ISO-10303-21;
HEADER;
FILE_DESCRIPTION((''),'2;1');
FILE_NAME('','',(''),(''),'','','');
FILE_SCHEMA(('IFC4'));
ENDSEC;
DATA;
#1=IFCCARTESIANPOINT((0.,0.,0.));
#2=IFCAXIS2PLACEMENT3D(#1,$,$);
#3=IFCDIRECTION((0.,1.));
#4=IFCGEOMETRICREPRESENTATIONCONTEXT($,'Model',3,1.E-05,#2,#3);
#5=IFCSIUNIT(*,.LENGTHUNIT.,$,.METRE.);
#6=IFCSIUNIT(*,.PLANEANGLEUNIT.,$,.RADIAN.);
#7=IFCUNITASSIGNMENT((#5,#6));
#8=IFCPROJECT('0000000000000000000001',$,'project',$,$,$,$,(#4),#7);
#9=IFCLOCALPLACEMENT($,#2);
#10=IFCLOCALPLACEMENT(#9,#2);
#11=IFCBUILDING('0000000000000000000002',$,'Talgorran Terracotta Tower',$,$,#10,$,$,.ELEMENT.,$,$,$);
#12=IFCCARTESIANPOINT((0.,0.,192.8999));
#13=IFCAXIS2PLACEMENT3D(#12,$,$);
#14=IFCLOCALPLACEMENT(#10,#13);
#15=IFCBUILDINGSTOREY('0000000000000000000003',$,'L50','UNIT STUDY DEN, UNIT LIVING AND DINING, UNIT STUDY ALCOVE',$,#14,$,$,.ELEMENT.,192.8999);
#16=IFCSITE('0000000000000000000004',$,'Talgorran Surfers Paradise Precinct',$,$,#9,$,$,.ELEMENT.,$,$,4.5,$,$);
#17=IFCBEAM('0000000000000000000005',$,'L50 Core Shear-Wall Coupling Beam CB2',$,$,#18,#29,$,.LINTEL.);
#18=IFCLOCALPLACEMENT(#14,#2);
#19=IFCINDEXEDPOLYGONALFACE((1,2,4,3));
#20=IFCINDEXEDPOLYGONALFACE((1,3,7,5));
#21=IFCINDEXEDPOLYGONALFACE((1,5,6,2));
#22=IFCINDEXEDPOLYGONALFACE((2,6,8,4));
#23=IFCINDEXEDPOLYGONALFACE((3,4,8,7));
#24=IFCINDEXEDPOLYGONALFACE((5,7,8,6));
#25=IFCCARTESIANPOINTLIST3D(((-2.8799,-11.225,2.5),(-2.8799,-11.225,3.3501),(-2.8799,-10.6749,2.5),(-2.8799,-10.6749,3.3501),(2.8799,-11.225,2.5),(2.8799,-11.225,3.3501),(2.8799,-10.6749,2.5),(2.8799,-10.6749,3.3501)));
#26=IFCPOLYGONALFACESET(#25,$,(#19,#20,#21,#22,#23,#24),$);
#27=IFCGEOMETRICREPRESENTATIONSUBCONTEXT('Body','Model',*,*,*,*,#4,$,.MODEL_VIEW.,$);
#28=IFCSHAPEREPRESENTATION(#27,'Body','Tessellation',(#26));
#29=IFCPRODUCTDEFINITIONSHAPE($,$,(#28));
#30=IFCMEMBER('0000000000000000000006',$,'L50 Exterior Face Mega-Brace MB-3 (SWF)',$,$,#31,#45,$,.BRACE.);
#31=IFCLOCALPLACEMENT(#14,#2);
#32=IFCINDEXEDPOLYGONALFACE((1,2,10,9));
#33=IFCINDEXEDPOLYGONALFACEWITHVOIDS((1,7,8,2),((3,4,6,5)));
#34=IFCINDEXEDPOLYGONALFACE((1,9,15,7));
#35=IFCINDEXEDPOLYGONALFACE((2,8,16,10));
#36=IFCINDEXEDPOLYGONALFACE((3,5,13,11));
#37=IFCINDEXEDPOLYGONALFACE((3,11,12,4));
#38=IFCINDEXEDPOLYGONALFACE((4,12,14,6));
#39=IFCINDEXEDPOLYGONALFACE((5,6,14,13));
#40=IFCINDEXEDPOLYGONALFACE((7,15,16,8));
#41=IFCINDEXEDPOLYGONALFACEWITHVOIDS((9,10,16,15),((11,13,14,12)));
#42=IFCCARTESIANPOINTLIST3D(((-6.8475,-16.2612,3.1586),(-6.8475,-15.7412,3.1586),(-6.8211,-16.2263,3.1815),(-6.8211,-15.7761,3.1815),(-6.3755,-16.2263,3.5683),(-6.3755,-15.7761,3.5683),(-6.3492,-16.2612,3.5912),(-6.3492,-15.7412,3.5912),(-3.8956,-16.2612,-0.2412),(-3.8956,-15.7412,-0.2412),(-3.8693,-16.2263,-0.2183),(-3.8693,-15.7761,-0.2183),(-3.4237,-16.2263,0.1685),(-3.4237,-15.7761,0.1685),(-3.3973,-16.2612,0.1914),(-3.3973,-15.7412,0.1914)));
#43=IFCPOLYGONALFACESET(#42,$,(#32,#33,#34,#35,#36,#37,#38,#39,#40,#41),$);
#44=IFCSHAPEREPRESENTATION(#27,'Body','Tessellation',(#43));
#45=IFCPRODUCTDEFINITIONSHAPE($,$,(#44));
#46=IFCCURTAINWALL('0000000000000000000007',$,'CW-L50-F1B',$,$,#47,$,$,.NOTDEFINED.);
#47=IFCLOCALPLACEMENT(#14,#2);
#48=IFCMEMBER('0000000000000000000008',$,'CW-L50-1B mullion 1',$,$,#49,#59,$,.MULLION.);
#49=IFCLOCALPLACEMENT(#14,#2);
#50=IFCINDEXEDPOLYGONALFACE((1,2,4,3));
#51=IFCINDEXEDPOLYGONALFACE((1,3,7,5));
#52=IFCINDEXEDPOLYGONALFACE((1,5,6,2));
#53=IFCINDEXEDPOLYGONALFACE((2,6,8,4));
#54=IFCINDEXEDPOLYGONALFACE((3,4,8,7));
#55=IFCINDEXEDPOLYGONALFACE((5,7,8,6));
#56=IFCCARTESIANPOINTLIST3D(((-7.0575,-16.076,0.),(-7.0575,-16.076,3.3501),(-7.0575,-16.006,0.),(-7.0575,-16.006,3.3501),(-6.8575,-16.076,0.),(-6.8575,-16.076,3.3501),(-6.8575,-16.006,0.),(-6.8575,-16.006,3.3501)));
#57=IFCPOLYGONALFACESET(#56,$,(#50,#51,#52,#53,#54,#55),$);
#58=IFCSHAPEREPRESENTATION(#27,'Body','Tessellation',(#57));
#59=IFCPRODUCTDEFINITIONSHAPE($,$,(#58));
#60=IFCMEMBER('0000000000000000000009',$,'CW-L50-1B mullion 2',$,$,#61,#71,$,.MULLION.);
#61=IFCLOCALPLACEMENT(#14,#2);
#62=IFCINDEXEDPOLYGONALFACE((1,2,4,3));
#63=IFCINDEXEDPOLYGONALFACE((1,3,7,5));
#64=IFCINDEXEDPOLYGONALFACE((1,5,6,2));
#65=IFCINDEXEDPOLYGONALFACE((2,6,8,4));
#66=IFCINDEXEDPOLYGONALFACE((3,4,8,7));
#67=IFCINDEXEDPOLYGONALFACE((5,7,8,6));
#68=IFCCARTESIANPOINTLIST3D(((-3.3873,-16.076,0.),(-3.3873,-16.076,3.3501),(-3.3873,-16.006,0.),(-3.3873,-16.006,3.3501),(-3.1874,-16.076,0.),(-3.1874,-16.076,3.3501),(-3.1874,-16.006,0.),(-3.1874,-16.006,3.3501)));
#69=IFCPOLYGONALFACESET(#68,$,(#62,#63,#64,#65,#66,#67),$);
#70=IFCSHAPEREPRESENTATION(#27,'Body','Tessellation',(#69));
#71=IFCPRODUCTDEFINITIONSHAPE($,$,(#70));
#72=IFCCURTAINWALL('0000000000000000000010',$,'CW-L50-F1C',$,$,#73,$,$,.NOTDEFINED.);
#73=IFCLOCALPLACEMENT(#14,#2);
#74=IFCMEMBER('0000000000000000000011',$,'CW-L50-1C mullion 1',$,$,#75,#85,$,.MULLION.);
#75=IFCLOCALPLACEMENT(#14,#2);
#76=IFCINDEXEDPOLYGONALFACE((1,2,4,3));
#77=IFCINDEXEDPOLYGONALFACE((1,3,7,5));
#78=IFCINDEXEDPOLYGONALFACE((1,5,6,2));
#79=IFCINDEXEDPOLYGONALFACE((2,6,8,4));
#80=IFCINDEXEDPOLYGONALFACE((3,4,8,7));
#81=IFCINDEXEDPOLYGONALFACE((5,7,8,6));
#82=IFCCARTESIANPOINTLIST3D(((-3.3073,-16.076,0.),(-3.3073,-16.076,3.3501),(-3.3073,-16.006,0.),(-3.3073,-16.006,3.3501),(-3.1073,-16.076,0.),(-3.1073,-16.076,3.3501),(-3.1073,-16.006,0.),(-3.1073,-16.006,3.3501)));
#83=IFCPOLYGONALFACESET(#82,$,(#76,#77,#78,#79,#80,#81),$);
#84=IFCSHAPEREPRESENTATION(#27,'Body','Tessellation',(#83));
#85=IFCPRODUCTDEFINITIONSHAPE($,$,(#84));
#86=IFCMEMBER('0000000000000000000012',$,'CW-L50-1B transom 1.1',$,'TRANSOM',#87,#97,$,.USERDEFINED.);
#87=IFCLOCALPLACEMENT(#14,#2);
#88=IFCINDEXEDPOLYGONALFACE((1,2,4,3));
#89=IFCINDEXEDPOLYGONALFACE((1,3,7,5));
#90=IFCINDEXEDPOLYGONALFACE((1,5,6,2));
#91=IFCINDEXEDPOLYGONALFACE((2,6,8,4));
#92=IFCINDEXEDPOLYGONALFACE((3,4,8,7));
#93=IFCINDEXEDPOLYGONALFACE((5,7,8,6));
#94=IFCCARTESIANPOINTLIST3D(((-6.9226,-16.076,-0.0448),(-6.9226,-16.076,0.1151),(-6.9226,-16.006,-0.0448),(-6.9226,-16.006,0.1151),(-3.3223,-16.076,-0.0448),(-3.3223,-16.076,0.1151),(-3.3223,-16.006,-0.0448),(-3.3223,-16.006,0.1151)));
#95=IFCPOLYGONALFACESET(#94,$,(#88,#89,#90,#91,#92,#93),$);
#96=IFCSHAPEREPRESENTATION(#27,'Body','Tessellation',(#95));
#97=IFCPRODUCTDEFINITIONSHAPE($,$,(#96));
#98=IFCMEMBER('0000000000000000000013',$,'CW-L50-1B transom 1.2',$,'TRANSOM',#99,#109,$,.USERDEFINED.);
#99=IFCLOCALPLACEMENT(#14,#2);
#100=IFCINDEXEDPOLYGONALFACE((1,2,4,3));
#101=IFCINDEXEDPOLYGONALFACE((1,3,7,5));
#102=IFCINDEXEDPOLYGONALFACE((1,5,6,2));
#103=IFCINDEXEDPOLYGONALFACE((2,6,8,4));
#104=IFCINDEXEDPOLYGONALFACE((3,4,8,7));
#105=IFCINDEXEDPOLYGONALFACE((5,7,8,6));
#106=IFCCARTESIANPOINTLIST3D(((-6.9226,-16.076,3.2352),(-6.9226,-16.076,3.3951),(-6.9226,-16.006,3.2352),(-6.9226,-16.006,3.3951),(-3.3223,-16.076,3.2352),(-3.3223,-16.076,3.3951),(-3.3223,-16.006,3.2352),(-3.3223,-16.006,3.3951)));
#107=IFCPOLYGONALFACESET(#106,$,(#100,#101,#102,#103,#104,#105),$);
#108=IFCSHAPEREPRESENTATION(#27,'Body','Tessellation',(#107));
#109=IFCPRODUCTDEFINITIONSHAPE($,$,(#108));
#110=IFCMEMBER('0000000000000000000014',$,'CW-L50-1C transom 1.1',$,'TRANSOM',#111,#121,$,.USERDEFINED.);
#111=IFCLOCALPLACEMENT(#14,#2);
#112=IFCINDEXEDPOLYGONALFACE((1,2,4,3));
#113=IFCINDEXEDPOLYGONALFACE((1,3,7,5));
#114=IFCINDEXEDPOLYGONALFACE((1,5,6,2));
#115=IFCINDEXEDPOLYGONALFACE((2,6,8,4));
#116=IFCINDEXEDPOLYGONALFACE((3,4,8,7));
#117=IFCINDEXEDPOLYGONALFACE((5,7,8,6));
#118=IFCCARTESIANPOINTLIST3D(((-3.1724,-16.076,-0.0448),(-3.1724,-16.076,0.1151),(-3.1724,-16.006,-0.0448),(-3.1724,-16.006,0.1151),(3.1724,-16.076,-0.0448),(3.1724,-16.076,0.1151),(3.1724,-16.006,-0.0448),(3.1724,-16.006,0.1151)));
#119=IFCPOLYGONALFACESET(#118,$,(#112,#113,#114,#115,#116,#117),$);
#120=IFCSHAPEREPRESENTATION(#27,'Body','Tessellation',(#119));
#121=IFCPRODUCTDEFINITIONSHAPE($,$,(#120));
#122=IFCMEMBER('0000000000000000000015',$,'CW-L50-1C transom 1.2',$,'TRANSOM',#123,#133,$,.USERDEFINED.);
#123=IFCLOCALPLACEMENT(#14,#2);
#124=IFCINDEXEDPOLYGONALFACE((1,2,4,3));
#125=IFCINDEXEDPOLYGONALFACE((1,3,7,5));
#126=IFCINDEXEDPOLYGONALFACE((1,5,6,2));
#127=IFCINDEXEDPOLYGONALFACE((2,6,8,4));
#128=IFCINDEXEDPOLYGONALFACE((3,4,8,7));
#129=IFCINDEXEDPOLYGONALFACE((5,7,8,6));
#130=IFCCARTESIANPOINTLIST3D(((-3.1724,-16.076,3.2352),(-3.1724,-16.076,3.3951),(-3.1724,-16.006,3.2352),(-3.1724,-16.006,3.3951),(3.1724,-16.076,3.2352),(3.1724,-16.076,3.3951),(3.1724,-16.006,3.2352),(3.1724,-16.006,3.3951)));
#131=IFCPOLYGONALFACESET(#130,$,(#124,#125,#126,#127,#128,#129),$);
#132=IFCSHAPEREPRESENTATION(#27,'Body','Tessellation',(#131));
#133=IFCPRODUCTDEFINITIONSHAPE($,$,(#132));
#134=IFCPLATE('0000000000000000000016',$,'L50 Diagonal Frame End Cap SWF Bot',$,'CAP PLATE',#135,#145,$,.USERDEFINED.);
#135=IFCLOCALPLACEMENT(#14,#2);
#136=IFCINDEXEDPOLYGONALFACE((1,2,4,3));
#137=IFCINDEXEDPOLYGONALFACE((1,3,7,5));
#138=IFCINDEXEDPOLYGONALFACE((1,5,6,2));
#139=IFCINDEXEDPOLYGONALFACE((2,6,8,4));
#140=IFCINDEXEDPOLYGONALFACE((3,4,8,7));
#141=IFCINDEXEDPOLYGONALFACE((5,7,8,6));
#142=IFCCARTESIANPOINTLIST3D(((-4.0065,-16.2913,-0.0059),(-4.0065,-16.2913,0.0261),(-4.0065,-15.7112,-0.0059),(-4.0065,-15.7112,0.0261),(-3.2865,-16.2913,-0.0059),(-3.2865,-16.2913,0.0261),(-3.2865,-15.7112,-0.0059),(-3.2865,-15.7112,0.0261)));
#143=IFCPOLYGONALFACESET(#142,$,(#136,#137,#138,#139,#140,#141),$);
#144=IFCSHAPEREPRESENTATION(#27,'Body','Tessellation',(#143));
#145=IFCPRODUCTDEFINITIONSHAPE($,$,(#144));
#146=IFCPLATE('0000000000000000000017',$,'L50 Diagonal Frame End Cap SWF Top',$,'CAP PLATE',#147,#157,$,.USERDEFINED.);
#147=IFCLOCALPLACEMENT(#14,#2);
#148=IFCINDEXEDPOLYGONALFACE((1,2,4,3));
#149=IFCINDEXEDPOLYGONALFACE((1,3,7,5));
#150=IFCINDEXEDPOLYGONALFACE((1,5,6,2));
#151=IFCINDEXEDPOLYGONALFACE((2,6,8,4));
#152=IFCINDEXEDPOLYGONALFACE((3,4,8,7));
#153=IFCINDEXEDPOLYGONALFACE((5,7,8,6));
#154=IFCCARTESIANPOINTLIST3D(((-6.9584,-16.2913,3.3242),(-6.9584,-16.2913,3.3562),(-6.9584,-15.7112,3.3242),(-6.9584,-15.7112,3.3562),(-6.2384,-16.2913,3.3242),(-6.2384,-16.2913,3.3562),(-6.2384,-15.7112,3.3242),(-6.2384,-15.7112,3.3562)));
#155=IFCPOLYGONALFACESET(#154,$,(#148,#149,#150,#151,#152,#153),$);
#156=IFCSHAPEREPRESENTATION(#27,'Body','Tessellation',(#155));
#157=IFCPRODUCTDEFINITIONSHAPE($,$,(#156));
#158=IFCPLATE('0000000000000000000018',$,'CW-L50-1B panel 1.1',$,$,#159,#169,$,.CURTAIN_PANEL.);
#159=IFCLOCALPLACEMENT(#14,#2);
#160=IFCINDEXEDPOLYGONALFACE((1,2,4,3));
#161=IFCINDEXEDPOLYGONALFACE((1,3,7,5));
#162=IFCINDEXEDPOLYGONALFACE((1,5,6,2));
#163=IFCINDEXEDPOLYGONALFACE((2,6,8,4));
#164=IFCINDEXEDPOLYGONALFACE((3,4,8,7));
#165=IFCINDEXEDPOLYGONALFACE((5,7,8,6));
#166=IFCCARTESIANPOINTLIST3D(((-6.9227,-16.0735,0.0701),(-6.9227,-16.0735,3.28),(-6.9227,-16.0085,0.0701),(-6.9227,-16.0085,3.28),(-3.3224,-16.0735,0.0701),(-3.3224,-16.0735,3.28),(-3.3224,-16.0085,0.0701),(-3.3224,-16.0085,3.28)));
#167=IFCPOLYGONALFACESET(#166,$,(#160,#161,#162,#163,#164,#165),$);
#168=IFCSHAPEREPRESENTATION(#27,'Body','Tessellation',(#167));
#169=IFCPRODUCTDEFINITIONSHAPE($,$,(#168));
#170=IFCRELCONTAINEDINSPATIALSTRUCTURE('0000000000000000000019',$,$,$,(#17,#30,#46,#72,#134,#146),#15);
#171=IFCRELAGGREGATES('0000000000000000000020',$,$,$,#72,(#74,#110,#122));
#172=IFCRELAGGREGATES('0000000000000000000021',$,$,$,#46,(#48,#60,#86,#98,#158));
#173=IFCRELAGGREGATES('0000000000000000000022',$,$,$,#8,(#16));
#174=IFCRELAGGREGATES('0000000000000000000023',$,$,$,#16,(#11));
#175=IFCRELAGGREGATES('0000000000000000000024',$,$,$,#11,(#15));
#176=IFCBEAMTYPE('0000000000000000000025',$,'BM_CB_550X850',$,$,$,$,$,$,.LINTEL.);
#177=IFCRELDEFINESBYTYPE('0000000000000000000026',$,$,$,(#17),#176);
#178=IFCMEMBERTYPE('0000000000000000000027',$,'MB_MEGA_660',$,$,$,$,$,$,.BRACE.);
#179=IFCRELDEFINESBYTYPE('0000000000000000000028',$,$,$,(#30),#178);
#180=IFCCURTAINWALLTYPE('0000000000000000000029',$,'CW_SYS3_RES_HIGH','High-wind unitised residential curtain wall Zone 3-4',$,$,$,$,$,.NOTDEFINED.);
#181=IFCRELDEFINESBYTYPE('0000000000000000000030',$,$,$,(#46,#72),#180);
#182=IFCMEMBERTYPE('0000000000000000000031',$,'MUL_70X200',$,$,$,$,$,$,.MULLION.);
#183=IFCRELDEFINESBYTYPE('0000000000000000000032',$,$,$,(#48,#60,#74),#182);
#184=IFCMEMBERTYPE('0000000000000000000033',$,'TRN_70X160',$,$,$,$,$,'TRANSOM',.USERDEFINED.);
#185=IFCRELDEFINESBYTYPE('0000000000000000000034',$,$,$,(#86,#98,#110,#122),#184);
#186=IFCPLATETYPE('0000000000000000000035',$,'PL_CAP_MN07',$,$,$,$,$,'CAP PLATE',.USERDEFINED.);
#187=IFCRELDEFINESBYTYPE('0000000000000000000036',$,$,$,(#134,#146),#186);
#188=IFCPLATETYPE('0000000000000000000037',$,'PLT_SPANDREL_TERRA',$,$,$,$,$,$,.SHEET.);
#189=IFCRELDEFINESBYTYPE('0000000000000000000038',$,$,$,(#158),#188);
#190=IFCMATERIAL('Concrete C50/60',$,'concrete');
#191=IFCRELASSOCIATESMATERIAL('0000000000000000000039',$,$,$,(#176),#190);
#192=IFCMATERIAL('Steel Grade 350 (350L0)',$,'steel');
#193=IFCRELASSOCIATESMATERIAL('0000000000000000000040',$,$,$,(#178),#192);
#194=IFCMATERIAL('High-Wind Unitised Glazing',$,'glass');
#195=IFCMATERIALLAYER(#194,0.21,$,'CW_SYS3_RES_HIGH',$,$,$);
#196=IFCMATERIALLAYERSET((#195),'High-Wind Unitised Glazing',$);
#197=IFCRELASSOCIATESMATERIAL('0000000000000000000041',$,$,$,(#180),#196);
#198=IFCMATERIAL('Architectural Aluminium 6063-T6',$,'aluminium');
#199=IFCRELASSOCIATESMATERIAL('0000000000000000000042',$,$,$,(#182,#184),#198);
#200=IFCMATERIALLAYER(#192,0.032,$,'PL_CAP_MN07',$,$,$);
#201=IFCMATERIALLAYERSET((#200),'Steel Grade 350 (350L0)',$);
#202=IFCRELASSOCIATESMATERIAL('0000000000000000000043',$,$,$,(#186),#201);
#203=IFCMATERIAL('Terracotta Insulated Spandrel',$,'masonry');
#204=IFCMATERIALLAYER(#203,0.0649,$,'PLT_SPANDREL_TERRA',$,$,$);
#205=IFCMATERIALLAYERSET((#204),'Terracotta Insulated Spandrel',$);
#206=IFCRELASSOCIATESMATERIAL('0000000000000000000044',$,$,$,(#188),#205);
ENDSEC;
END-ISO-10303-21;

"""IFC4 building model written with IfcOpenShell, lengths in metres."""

from ifc_helpers import new_model, si_unit, direction, frame, origin, origin_2d, place, context, subcontext, project, spatial, rectangle, hollow_rectangle, extrude, source, transform, mapped, material, layer, layer_set, material_profile, profile_set, type_object, type_shapes, element, aggregate, save


model = new_model("IFC4")

# Units and contexts
model_context = context("Model", 3, precision=1e-05, world=origin(), true_north=direction((0.0, 1.0)))
body_context = subcontext(model_context, "Body", "Model", "MODEL_VIEW")
ifc_project = project(units=[si_unit("LENGTHUNIT", "METRE"), si_unit("PLANEANGLEUNIT", "RADIAN")], contexts=[model_context])

# Site, building, storey
site_placement = place(None, origin())
site = spatial("IfcSite", under=ifc_project, at=site_placement, Name="Talgorran Surfers Paradise Precinct", CompositionType="ELEMENT", RefElevation=4.5)
building_placement = place(site_placement, origin())
building = spatial("IfcBuilding", under=site, at=building_placement, Name="Talgorran Terracotta Tower", CompositionType="ELEMENT")
storey_placement = place(building_placement, frame((0.0, 0.0, 192.8999)))
storey = spatial("IfcBuildingStorey", under=building, at=storey_placement, Name="L50", Description="UNIT STUDY DEN, UNIT LIVING AND DINING, UNIT STUDY ALCOVE", CompositionType="ELEMENT", Elevation=192.8999)

# Beam
ifc_material_1 = material(Name="Concrete C50/60", Category="concrete")
ifc_material_profile_1 = material_profile(ifc_material_1, rectangle(XDim=0.55, YDim=0.8501, at=origin_2d()), Name="RCCB550X850")
ifc_profile_set_1 = profile_set([ifc_material_profile_1], Name="Concrete C50/60")
beam_type = type_object("IfcBeamType", Name="BM_CB_550X850", PredefinedType="LINTEL", material=ifc_profile_set_1)
beam_placement = place(storey_placement, frame((-2.8799, -10.95, 2.925), z_axis=(1.0, 0.0, 0.0), x_axis=(0.0, 1.0, 0.0)))
element("IfcBeam", 1, at=beam_placement, inside=storey, type_object=beam_type, Name="L50 Core Shear-Wall Coupling Beam CB2", PredefinedType="LINTEL", context=body_context, shape_type="SweptSolid", body=[
    extrude(rectangle(XDim=0.55, YDim=0.8501, at=origin_2d()), origin(), (0.0, 0.0, 1.0), 5.7598),
])

# Member
ifc_material_2 = material(Name="Steel Grade 350 (350L0)", Category="steel")
ifc_material_profile_2 = material_profile(ifc_material_2, hollow_rectangle(XDim=0.52, YDim=0.6599, WallThickness=0.0349, at=origin_2d()), Name="WBOX660X520X35")
ifc_profile_set_2 = profile_set([ifc_material_profile_2], Name="Steel Grade 350 (350L0)")
member_type_1 = type_object("IfcMemberType", Name="MB_MEGA_660", PredefinedType="BRACE", material=ifc_profile_set_2)
member_1_placement = place(storey_placement, frame((-3.6465, -16.0012, -0.0249), z_axis=(-0.655605, 0.0, 0.755104), x_axis=(0.0, -1.0, 0.0)))
element("IfcMember", 2, at=member_1_placement, inside=storey, type_object=member_type_1, Name="L50 Exterior Face Mega-Brace MB-3 (SWF)", PredefinedType="BRACE", context=body_context, shape_type="SweptSolid", body=[
    extrude(hollow_rectangle(XDim=0.52, YDim=0.6599, WallThickness=0.0349, at=origin_2d()), origin(), (0.0, 0.0, 1.0), 4.5024),
])

# Curtain wall, members
ifc_material_3 = material(Name="High-Wind Unitised Glazing", Category="glass")
ifc_layer_1 = layer(ifc_material_3, 0.21, Name="CW_SYS3_RES_HIGH")
ifc_layer_set_1 = layer_set([ifc_layer_1], Name="High-Wind Unitised Glazing")
curtain_wall_type = type_object("IfcCurtainWallType", Name="CW_SYS3_RES_HIGH", Description="High-wind unitised residential curtain wall Zone 3-4", PredefinedType="NOTDEFINED", material=ifc_layer_set_1)
curtain_wall_1_placement = place(storey_placement, origin())
curtain_wall_1 = element("IfcCurtainWall", 3, at=curtain_wall_1_placement, inside=storey, type_object=curtain_wall_type, Name="CW-L50-F1B", PredefinedType="NOTDEFINED")
ifc_material_4 = material(Name="Architectural Aluminium 6063-T6", Category="aluminium")
ifc_material_profile_3 = material_profile(ifc_material_4, rectangle(XDim=0.0701, YDim=0.2, at=origin_2d()), Name="CWM70X200")
ifc_profile_set_3 = profile_set([ifc_material_profile_3], Name="Architectural Aluminium 6063-T6")
member_type_2 = type_object("IfcMemberType", Name="MUL_70X200", PredefinedType="MULLION", material=ifc_profile_set_3)
member_2_placement = place(storey_placement, frame((-6.9575, -16.041, 0.0), z_axis=(0.0, 0.0, 1.0), x_axis=(0.0, 1.0, 0.0)))
member_2 = element("IfcMember", 4, at=member_2_placement, type_object=member_type_2, Name="CW-L50-1B mullion 1", PredefinedType="MULLION", context=body_context, shape_type="SweptSolid", body=[
    extrude(rectangle(XDim=0.0701, YDim=0.2, at=origin_2d()), origin(), (0.0, 0.0, 1.0), 3.3501),
])
member_3_placement = place(storey_placement, frame((-3.2874, -16.041, 0.0), z_axis=(0.0, 0.0, 1.0), x_axis=(0.0, 1.0, 0.0)))
member_3 = element("IfcMember", 5, at=member_3_placement, type_object=member_type_2, Name="CW-L50-1B mullion 2", PredefinedType="MULLION", context=body_context, shape_type="SweptSolid", body=[
    extrude(rectangle(XDim=0.0701, YDim=0.2, at=origin_2d()), origin(), (0.0, 0.0, 1.0), 3.3501),
])

# Curtain wall, member
curtain_wall_2_placement = place(storey_placement, origin())
curtain_wall_2 = element("IfcCurtainWall", 6, at=curtain_wall_2_placement, inside=storey, type_object=curtain_wall_type, Name="CW-L50-F1C", PredefinedType="NOTDEFINED")
member_4_placement = place(storey_placement, frame((-3.2073, -16.041, 0.0), z_axis=(0.0, 0.0, 1.0), x_axis=(0.0, 1.0, 0.0)))
member_4 = element("IfcMember", 7, at=member_4_placement, type_object=member_type_2, Name="CW-L50-1C mullion 1", PredefinedType="MULLION", context=body_context, shape_type="SweptSolid", body=[
    extrude(rectangle(XDim=0.0701, YDim=0.2, at=origin_2d()), origin(), (0.0, 0.0, 1.0), 3.3501),
])

# Members
ifc_material_profile_4 = material_profile(ifc_material_4, rectangle(XDim=0.0701, YDim=0.1599, at=origin_2d()), Name="CWT70X160")
ifc_profile_set_4 = profile_set([ifc_material_profile_4], Name="Architectural Aluminium 6063-T6")
member_type_3 = type_object("IfcMemberType", Name="TRN_70X160", ElementType="TRANSOM", PredefinedType="USERDEFINED", material=ifc_profile_set_4)
member_5_placement = place(storey_placement, frame((-6.9226, -16.041, 0.0352), z_axis=(1.0, 0.0, 0.0), x_axis=(0.0, 1.0, 0.0)))
member_5 = element("IfcMember", 8, at=member_5_placement, type_object=member_type_3, Name="CW-L50-1B transom 1.1", ObjectType="TRANSOM", PredefinedType="USERDEFINED", context=body_context, shape_type="SweptSolid", body=[
    extrude(rectangle(XDim=0.0701, YDim=0.1599, at=origin_2d()), origin(), (0.0, 0.0, 1.0), 3.6003),
])
member_6_placement = place(storey_placement, frame((-6.9226, -16.041, 3.3152), z_axis=(1.0, 0.0, 0.0), x_axis=(0.0, 1.0, 0.0)))
member_6 = element("IfcMember", 9, at=member_6_placement, type_object=member_type_3, Name="CW-L50-1B transom 1.2", ObjectType="TRANSOM", PredefinedType="USERDEFINED", context=body_context, shape_type="SweptSolid", body=[
    extrude(rectangle(XDim=0.0701, YDim=0.1599, at=origin_2d()), origin(), (0.0, 0.0, 1.0), 3.6003),
])
member_7_placement = place(storey_placement, frame((-3.1724, -16.041, 0.0352), z_axis=(1.0, 0.0, 0.0), x_axis=(0.0, 1.0, 0.0)))
member_7 = element("IfcMember", 10, at=member_7_placement, type_object=member_type_3, Name="CW-L50-1C transom 1.1", ObjectType="TRANSOM", PredefinedType="USERDEFINED", context=body_context, shape_type="SweptSolid", body=[
    extrude(rectangle(XDim=0.0701, YDim=0.1599, at=origin_2d()), origin(), (0.0, 0.0, 1.0), 6.3447),
])
member_8_placement = place(storey_placement, frame((-3.1724, -16.041, 3.3152), z_axis=(1.0, 0.0, 0.0), x_axis=(0.0, 1.0, 0.0)))
member_8 = element("IfcMember", 11, at=member_8_placement, type_object=member_type_3, Name="CW-L50-1C transom 1.2", ObjectType="TRANSOM", PredefinedType="USERDEFINED", context=body_context, shape_type="SweptSolid", body=[
    extrude(rectangle(XDim=0.0701, YDim=0.1599, at=origin_2d()), origin(), (0.0, 0.0, 1.0), 6.3447),
])
aggregate(curtain_wall_2, [member_4, member_7, member_8])

# Plates
ifc_layer_2 = layer(ifc_material_2, 0.032, Name="PL_CAP_MN07")
ifc_layer_set_2 = layer_set([ifc_layer_2], Name="Steel Grade 350 (350L0)")
plate_type_1 = type_object("IfcPlateType", Name="PL_CAP_MN07", ElementType="CAP PLATE", PredefinedType="USERDEFINED", material=ifc_layer_set_2)
for number, where, z_axis, x_axis, name in (
    (12, (-3.6465, -16.0012, -0.0059), (0.0, 0.0, 1.0), (-1.0, 0.0, 0.0), "L50 Diagonal Frame End Cap SWF Bot"),
    (13, (-6.5984, -16.0012, 3.3242), (0.0, 0.0, 1.0), (-1.0, 0.0, 0.0), "L50 Diagonal Frame End Cap SWF Top"),
):
    element("IfcPlate", number, at=place(storey_placement, frame(where, z_axis=z_axis, x_axis=x_axis)), inside=storey, type_object=plate_type_1, Name=name, ObjectType="CAP PLATE", PredefinedType="USERDEFINED", context=body_context, shape_type="SweptSolid", body=[
        extrude(rectangle(XDim=0.72, YDim=0.5801, at=origin_2d()), origin(), (0.0, 0.0, 1.0), 0.032),
    ])

# Plate
ifc_material_5 = material(Name="Terracotta Insulated Spandrel", Category="masonry")
ifc_layer_3 = layer(ifc_material_5, 0.0649, Name="PLT_SPANDREL_TERRA")
ifc_layer_set_3 = layer_set([ifc_layer_3], Name="Terracotta Insulated Spandrel")
plate_type_2 = type_object("IfcPlateType", Name="PLT_SPANDREL_TERRA", PredefinedType="SHEET", material=ifc_layer_set_3)
shared_shape = source(origin(), body_context, "Body", "SweptSolid", [
    extrude(rectangle(XDim=3.6003, YDim=0.0649, at=origin_2d()), origin(), (0.0, 0.0, 1.0), 3.21),
])
type_shapes(plate_type_2, [shared_shape])
plate_placement = place(storey_placement, frame((-5.1226, -16.041, 0.0701), z_axis=(0.0, 0.0, 1.0), x_axis=(1.0, 0.0, 0.0)))
plate = element("IfcPlate", 14, at=plate_placement, type_object=plate_type_2, Name="CW-L50-1B panel 1.1", PredefinedType="CURTAIN_PANEL", context=body_context, shape_type="MappedRepresentation", body=[
    mapped(shared_shape, transform((0.0, 0.0, 0.0), scale=1.0)),
])
aggregate(curtain_wall_1, [member_2, member_3, member_5, member_6, plate])

save(model, "model.ifc")
